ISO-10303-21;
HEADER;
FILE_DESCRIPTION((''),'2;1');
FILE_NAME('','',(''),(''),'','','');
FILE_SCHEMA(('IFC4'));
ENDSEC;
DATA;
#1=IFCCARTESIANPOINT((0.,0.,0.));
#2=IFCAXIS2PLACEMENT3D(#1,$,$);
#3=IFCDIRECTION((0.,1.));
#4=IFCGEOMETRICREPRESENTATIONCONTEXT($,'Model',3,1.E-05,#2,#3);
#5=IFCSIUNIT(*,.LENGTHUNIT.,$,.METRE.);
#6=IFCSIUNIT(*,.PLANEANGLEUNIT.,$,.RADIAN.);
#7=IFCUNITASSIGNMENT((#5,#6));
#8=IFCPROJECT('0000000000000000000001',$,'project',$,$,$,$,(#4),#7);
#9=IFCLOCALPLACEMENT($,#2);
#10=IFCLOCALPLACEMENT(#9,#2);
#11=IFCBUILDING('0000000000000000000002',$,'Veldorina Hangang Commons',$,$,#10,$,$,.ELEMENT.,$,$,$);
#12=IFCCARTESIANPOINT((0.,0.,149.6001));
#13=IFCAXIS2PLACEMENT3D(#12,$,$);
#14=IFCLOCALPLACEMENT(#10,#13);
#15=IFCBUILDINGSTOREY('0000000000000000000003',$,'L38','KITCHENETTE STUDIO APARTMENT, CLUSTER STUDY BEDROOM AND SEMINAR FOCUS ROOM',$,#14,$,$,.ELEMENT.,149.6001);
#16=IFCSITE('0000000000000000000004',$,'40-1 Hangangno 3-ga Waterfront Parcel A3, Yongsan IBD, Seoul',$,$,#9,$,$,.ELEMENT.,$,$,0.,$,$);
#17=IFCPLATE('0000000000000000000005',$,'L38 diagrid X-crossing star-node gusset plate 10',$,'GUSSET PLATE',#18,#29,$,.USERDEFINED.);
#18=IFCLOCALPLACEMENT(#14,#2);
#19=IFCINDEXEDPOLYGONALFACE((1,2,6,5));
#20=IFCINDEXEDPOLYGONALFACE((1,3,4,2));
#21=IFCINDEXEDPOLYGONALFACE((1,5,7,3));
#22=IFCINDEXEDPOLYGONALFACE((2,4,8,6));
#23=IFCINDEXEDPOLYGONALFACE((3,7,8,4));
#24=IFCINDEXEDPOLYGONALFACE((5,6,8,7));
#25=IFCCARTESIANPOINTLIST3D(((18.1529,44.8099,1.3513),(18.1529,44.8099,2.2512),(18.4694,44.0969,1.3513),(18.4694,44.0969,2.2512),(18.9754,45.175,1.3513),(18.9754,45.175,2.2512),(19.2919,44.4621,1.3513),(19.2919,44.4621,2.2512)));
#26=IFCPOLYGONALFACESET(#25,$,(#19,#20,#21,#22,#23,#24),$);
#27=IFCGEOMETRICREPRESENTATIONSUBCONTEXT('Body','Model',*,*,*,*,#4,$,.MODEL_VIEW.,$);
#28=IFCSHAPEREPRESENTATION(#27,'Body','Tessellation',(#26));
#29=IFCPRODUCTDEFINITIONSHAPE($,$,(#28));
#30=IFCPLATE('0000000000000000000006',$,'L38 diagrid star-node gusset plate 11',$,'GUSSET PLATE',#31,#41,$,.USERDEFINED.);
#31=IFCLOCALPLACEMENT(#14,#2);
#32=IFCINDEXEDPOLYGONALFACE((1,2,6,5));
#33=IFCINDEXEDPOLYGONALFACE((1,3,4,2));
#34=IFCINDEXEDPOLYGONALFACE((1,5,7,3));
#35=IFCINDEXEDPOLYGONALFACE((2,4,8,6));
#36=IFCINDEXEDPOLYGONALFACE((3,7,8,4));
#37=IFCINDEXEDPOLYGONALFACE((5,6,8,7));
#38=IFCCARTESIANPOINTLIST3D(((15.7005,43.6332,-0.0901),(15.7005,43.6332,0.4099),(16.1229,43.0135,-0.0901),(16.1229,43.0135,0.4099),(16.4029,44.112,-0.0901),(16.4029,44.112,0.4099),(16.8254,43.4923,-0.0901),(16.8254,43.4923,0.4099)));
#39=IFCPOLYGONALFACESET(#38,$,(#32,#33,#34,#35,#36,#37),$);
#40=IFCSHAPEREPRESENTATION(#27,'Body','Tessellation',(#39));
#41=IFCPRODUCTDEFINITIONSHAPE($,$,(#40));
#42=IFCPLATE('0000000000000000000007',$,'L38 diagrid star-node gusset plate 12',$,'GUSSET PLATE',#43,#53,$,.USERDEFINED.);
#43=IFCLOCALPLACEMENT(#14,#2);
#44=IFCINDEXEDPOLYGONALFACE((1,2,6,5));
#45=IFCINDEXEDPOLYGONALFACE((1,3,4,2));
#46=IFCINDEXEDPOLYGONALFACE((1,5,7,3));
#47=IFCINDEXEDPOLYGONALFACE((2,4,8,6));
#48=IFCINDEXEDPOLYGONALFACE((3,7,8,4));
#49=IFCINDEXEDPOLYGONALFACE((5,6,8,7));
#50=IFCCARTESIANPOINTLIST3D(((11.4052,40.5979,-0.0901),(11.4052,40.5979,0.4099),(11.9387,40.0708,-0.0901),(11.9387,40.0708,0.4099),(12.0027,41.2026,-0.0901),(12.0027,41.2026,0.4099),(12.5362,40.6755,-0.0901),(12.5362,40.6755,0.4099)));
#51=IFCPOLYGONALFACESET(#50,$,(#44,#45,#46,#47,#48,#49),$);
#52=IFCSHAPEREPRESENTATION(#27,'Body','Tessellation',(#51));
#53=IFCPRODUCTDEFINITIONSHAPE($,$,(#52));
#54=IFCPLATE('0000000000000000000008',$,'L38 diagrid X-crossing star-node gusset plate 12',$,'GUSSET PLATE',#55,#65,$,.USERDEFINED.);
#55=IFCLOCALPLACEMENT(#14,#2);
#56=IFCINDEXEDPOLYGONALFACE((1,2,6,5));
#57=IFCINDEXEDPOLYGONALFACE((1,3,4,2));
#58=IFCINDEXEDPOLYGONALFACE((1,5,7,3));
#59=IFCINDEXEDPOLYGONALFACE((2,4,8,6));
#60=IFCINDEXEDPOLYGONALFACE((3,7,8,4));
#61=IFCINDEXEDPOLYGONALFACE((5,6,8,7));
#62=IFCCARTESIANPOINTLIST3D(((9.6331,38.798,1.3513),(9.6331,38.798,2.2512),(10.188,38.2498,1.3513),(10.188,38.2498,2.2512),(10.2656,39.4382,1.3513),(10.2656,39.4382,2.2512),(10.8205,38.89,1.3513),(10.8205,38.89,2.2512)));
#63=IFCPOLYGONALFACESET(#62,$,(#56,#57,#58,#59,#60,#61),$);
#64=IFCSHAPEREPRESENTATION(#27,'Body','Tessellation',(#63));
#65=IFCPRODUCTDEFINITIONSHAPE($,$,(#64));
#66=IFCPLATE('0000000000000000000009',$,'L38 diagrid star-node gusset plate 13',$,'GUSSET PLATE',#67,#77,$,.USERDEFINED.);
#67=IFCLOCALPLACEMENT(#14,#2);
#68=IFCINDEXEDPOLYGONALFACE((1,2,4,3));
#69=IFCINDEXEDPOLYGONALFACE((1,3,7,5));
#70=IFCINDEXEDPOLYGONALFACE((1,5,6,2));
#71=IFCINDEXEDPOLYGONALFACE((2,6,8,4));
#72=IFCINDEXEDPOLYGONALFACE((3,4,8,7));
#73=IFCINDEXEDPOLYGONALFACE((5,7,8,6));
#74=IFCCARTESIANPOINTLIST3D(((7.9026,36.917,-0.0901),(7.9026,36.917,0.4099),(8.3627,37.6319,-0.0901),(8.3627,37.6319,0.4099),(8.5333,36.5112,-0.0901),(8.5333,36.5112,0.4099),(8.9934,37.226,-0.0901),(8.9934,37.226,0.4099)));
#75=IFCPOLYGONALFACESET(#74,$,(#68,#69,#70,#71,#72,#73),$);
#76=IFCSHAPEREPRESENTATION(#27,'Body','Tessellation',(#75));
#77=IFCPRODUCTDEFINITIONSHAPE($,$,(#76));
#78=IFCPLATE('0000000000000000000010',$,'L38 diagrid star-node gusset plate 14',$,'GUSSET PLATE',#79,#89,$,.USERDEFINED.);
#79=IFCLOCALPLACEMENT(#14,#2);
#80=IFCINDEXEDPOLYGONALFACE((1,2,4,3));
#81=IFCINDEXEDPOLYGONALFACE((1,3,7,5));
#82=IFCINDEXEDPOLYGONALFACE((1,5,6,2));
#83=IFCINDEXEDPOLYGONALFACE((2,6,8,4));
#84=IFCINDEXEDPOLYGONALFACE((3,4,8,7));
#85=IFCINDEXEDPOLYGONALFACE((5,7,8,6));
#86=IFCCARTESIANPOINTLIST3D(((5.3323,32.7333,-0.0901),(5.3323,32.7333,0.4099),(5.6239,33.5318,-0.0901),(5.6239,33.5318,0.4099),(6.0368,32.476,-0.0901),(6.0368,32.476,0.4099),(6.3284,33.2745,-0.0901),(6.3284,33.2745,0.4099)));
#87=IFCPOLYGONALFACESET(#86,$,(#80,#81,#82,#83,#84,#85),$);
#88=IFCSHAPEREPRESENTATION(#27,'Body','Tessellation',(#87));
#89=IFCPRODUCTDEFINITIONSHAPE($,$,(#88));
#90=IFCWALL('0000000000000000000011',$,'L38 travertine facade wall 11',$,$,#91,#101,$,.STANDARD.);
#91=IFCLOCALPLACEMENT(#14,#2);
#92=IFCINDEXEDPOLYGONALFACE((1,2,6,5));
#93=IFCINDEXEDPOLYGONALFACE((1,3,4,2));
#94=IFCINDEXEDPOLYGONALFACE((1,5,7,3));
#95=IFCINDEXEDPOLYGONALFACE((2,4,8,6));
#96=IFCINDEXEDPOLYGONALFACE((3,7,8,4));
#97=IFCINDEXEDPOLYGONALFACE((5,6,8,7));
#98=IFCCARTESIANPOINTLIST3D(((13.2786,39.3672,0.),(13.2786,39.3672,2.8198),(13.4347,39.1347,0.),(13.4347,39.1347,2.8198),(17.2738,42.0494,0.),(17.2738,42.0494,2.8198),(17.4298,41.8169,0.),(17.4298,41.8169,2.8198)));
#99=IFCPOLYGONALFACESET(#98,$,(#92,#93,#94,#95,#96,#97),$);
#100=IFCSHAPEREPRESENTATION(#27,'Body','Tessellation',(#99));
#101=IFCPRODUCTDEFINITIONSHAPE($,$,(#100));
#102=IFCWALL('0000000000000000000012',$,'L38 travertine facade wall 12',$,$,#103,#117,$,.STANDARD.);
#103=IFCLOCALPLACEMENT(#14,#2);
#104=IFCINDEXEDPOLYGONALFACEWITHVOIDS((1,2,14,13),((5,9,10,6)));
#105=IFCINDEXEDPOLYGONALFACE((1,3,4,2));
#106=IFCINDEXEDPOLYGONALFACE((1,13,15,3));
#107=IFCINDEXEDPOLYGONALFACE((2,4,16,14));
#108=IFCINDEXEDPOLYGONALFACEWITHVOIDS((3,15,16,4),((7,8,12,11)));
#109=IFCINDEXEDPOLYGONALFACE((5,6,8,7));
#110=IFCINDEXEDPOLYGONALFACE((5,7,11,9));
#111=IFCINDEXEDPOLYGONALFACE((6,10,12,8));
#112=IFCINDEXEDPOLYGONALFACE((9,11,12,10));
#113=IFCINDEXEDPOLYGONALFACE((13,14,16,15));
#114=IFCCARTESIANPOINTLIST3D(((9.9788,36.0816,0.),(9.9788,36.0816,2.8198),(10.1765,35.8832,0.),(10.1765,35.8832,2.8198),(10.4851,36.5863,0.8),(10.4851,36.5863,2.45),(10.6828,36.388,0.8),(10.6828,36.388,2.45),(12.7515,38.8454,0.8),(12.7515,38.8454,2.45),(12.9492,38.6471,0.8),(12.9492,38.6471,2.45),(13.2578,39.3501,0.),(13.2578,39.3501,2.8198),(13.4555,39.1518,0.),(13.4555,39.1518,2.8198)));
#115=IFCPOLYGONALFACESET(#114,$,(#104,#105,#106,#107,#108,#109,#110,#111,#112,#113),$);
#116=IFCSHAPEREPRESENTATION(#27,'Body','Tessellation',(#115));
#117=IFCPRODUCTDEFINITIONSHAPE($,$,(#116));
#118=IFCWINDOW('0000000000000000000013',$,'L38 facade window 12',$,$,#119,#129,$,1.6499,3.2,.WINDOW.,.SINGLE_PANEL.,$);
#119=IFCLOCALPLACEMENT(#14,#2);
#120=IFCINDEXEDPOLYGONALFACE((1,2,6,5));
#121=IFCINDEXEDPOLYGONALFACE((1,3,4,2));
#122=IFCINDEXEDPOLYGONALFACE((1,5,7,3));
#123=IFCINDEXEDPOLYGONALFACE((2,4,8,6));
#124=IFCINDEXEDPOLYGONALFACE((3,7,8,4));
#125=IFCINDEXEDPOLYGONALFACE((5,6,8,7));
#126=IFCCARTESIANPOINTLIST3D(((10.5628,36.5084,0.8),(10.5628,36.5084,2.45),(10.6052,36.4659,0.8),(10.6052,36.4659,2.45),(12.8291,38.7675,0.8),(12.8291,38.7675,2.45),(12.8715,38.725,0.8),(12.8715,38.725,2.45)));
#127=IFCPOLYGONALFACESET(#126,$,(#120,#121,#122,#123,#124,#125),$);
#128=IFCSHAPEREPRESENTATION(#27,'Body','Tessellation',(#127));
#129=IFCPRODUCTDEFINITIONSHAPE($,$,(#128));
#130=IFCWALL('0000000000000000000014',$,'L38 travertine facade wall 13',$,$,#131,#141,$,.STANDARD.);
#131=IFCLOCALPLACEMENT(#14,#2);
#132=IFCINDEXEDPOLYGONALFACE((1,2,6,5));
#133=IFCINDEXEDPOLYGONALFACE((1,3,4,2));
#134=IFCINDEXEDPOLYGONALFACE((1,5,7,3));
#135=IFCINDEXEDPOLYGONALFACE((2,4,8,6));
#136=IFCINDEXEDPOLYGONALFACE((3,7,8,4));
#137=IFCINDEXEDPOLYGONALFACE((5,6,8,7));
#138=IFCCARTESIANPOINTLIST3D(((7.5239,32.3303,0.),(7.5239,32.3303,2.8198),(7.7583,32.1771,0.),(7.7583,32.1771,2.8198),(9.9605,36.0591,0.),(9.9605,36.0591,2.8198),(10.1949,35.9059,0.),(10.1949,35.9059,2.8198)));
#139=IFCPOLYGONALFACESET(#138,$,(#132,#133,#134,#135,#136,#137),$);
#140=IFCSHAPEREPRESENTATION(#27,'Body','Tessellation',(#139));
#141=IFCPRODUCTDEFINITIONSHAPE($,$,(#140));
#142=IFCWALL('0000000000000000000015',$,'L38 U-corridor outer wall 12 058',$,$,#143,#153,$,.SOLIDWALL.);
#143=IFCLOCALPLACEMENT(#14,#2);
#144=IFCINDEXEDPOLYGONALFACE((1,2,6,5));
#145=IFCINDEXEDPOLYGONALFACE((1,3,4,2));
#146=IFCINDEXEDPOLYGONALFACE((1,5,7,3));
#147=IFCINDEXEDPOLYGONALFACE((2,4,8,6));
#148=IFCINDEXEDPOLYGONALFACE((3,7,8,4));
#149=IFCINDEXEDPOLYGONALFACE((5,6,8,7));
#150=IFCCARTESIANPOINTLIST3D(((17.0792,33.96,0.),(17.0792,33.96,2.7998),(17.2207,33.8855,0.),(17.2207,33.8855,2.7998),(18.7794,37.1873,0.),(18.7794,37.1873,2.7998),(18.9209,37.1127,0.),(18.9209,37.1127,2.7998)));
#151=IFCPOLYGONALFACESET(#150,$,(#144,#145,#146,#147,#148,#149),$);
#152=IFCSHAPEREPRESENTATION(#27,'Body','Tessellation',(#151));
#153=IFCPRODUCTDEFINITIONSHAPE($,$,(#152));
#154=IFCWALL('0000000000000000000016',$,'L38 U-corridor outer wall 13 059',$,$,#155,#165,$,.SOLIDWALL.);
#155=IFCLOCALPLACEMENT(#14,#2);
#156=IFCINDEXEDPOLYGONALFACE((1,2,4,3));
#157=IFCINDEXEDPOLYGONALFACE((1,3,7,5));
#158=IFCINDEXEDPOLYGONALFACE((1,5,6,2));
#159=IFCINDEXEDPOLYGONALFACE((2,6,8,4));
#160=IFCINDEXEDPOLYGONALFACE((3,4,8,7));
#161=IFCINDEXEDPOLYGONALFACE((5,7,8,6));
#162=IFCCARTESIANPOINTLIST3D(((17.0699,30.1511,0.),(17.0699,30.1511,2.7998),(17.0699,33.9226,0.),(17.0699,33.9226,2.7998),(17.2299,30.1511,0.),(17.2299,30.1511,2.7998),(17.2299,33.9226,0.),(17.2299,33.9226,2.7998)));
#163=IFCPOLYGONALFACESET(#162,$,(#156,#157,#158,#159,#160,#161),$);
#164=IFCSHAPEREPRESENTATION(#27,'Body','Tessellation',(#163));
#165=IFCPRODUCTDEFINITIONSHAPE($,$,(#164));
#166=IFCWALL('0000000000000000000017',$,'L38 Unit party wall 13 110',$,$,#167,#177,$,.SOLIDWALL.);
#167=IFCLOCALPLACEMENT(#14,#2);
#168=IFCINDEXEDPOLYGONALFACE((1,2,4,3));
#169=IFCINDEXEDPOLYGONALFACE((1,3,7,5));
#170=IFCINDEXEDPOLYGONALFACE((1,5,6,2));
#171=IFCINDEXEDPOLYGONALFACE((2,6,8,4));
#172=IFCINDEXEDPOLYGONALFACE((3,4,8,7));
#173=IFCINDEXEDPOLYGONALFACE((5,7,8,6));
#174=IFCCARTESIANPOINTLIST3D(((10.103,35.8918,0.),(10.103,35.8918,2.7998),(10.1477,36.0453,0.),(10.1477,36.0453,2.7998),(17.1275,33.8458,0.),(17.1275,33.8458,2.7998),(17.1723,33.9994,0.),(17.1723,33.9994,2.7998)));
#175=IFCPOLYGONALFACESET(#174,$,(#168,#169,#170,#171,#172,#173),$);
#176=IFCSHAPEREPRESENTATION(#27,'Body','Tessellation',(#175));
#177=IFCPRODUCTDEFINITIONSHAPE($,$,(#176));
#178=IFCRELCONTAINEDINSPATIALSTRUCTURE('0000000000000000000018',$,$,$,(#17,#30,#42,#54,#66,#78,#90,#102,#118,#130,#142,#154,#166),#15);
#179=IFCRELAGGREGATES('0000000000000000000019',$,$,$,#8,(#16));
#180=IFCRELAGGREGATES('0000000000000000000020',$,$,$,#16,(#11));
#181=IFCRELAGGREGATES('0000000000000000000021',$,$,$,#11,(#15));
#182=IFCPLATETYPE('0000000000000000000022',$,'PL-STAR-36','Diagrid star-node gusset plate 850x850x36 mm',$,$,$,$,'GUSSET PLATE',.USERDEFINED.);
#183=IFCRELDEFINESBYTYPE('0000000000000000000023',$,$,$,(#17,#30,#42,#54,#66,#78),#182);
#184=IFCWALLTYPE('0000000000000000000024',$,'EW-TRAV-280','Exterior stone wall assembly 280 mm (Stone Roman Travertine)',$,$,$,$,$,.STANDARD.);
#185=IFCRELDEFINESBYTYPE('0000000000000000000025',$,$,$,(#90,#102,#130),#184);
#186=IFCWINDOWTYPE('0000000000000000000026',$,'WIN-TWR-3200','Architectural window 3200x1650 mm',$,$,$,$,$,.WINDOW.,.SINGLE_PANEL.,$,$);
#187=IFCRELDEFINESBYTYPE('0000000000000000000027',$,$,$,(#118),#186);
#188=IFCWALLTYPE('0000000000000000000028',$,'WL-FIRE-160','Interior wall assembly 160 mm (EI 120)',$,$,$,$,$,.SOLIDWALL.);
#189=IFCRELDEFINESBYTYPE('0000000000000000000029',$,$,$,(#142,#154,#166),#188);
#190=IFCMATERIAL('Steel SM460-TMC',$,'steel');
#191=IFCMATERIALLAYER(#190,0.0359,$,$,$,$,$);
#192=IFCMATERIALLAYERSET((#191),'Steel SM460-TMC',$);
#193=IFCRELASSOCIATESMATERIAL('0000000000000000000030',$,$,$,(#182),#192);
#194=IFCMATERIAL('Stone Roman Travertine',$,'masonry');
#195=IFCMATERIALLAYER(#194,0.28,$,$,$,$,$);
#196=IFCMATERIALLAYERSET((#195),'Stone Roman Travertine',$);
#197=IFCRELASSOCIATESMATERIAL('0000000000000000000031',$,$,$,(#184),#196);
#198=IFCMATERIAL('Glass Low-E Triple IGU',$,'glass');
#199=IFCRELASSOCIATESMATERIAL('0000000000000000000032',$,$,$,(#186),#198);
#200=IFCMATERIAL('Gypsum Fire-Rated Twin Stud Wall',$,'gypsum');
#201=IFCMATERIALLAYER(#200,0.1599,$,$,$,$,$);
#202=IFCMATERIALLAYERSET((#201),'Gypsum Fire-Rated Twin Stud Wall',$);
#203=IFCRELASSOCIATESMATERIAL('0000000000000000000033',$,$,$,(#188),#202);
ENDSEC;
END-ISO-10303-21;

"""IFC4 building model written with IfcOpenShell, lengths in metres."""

from ifc_helpers import new_model, si_unit, direction, frame, frame_2d, origin, origin_2d, place, context, subcontext, project, spatial, rectangle, extrude, material, layer, layer_set, type_object, element, fill, save


model = new_model("IFC4")

# Units and contexts
model_context = context("Model", 3, precision=1e-05, world=origin(), true_north=direction((0.0, 1.0)))
body_context = subcontext(model_context, "Body", "Model", "MODEL_VIEW")
ifc_project = project(units=[si_unit("LENGTHUNIT", "METRE"), si_unit("PLANEANGLEUNIT", "RADIAN")], contexts=[model_context])

# Site, building, storey
site_placement = place(None, origin())
site = spatial("IfcSite", under=ifc_project, at=site_placement, Name="40-1 Hangangno 3-ga Waterfront Parcel A3, Yongsan IBD, Seoul", CompositionType="ELEMENT", RefElevation=0.0)
building_placement = place(site_placement, origin())
building = spatial("IfcBuilding", under=site, at=building_placement, Name="Veldorina Hangang Commons", CompositionType="ELEMENT")
storey_placement = place(building_placement, frame((0.0, 0.0, 149.6001)))
storey = spatial("IfcBuildingStorey", under=building, at=storey_placement, Name="L38", Description="KITCHENETTE STUDIO APARTMENT, CLUSTER STUDY BEDROOM AND SEMINAR FOCUS ROOM", CompositionType="ELEMENT", Elevation=149.6001)

# Plates
ifc_material_1 = material(Name="Steel SM460-TMC", Category="steel")
ifc_layer_1 = layer(ifc_material_1, 0.0359)
ifc_layer_set_1 = layer_set([ifc_layer_1], Name="Steel SM460-TMC")
plate_type = type_object("IfcPlateType", Name="PL-STAR-36", Description="Diagrid star-node gusset plate 850x850x36 mm", ElementType="GUSSET PLATE", PredefinedType="USERDEFINED", material=ifc_layer_set_1)
plate_1_placement = place(storey_placement, frame((18.7224, 44.636, 1.3513), z_axis=(0.0, 0.0, 1.0), x_axis=(-0.913971, -0.40578, 0.0)))
element("IfcPlate", 1, at=plate_1_placement, inside=storey, type_object=plate_type, Name="L38 diagrid X-crossing star-node gusset plate 10", ObjectType="GUSSET PLATE", PredefinedType="USERDEFINED", context=body_context, shape_type="SweptSolid", body=[
    extrude(rectangle(XDim=0.8999, YDim=0.78, at=origin_2d()), origin(), (0.0, 0.0, 1.0), 0.8999),
])
for number, where, z_axis, x_axis, name in (
    (2, (16.2629, 43.5627, -0.0901), (0.0, 0.0, 1.0), (-0.826285, -0.563252, 0.0), "L38 diagrid star-node gusset plate 11"),
    (3, (11.9707, 40.6367, -0.0901), (0.0, 0.0, 1.0), (-0.702836, -0.711352, 0.0), "L38 diagrid star-node gusset plate 12"),
):
    element("IfcPlate", number, at=place(storey_placement, frame(where, z_axis=z_axis, x_axis=x_axis)), inside=storey, type_object=plate_type, Name=name, ObjectType="GUSSET PLATE", PredefinedType="USERDEFINED", context=body_context, shape_type="SweptSolid", body=[
        extrude(rectangle(XDim=0.8501, YDim=0.75, at=origin_2d()), origin(), (0.0, 0.0, 1.0), 0.5),
    ])
plate_2_placement = place(storey_placement, frame((10.2268, 38.844, 1.3513), z_axis=(0.0, 0.0, 1.0), x_axis=(-0.702836, -0.711352, 0.0)))
element("IfcPlate", 4, at=plate_2_placement, inside=storey, type_object=plate_type, Name="L38 diagrid X-crossing star-node gusset plate 12", ObjectType="GUSSET PLATE", PredefinedType="USERDEFINED", context=body_context, shape_type="SweptSolid", body=[
    extrude(rectangle(XDim=0.8999, YDim=0.78, at=origin_2d()), origin(), (0.0, 0.0, 1.0), 0.8999),
])
for number, where, z_axis, x_axis, name in (
    (5, (8.448, 37.0715, -0.0901), (0.0, 0.0, 1.0), (-0.541151, -0.840926, 0.0), "L38 diagrid star-node gusset plate 13"),
    (6, (5.8303, 33.0039, -0.0901), (0.0, 0.0, 1.0), (-0.343037, -0.939322, 0.0), "L38 diagrid star-node gusset plate 14"),
):
    element("IfcPlate", number, at=place(storey_placement, frame(where, z_axis=z_axis, x_axis=x_axis)), inside=storey, type_object=plate_type, Name=name, ObjectType="GUSSET PLATE", PredefinedType="USERDEFINED", context=body_context, shape_type="SweptSolid", body=[
        extrude(rectangle(XDim=0.8501, YDim=0.75, at=origin_2d()), origin(), (0.0, 0.0, 1.0), 0.5),
    ])

# Wall
ifc_material_2 = material(Name="Stone Roman Travertine", Category="masonry")
ifc_layer_2 = layer(ifc_material_2, 0.28)
ifc_layer_set_2 = layer_set([ifc_layer_2], Name="Stone Roman Travertine")
wall_type_1 = type_object("IfcWallType", Name="EW-TRAV-280", Description="Exterior stone wall assembly 280 mm (Stone Roman Travertine)", PredefinedType="STANDARD", material=ifc_layer_set_2)
wall_1_placement = place(storey_placement, frame((17.3518, 41.9331, 0.0), z_axis=(0.0, 0.0, 1.0), x_axis=(-0.830251, -0.55739, 0.0)))
element("IfcWall", 7, at=wall_1_placement, inside=storey, type_object=wall_type_1, Name="L38 travertine facade wall 11", PredefinedType="STANDARD", context=body_context, shape_type="SweptSolid", body=[
    extrude(rectangle(XDim=4.812, YDim=0.28, at=frame_2d((2.406, 0.0))), origin(), (0.0, 0.0, 1.0), 2.8198),
])

# Wall, opening, window
wall_2_placement = place(storey_placement, frame((13.3567, 39.251, 0.0), z_axis=(0.0, 0.0, 1.0), x_axis=(-0.70824, -0.705972, 0.0)))
wall_2 = element("IfcWall", 8, at=wall_2_placement, inside=storey, type_object=wall_type_1, Name="L38 travertine facade wall 12", PredefinedType="STANDARD", context=body_context, shape_type="SweptSolid", body=[
    extrude(rectangle(XDim=4.6299, YDim=0.28, at=frame_2d((2.3149, 0.0))), origin(), (0.0, 0.0, 1.0), 2.8198),
])
opening_1_placement = place(wall_2_placement, frame((0.7148, 0.0, 0.8)))
opening_1 = element("IfcOpeningElement", 9, at=opening_1_placement, cuts=wall_2, PredefinedType="OPENING", context=body_context, shape_type="SweptSolid", body=[
    extrude(rectangle(XDim=3.2, YDim=1.6499, at=frame_2d((1.6001, 0.825))), frame((0.0, 0.1499, 0.0), z_axis=(0.0, -1.0, 0.0), x_axis=(1.0, 0.0, 0.0)), (0.0, 0.0, 1.0), 0.3),
])
ifc_material_3 = material(Name="Glass Low-E Triple IGU", Category="glass")
window_type = type_object("IfcWindowType", Name="WIN-TWR-3200", Description="Architectural window 3200x1650 mm", PartitioningType="SINGLE_PANEL", PredefinedType="WINDOW", material=ifc_material_3)
window_placement = place(opening_1_placement, origin())
window = element("IfcWindow", 10, at=window_placement, inside=storey, type_object=window_type, Name="L38 facade window 12", OverallHeight=1.6499, OverallWidth=3.2, PartitioningType="SINGLE_PANEL", PredefinedType="WINDOW", context=body_context, shape_type="SweptSolid", body=[
    extrude(rectangle(XDim=3.2, YDim=1.6499, at=frame_2d((1.6001, 0.825))), frame((0.0, 0.03, 0.0), z_axis=(0.0, -1.0, 0.0), x_axis=(1.0, 0.0, 0.0)), (0.0, 0.0, 1.0), 0.0601),
])
fill(opening_1, window)

# Walls
wall_3_placement = place(storey_placement, frame((10.0776, 35.9824, 0.0), z_axis=(0.0, 0.0, 1.0), x_axis=(-0.547012, -0.837125, 0.0)))
element("IfcWall", 11, at=wall_3_placement, inside=storey, type_object=wall_type_1, Name="L38 travertine facade wall 13", PredefinedType="STANDARD", context=body_context, shape_type="SweptSolid", body=[
    extrude(rectangle(XDim=4.4543, YDim=0.28, at=frame_2d((2.2271, 0.0))), origin(), (0.0, 0.0, 1.0), 2.8198),
])
ifc_material_4 = material(Name="Gypsum Fire-Rated Twin Stud Wall", Category="gypsum")
ifc_layer_3 = layer(ifc_material_4, 0.1599)
ifc_layer_set_3 = layer_set([ifc_layer_3], Name="Gypsum Fire-Rated Twin Stud Wall")
wall_type_2 = type_object("IfcWallType", Name="WL-FIRE-160", Description="Interior wall assembly 160 mm (EI 120)", PredefinedType="SOLIDWALL", material=ifc_layer_set_3)
wall_4_placement = place(storey_placement, frame((18.8501, 37.1499, 0.0), z_axis=(0.0, 0.0, 1.0), x_axis=(-0.466094, -0.884735, 0.0)))
element("IfcWall", 12, at=wall_4_placement, inside=storey, type_object=wall_type_2, Name="L38 U-corridor outer wall 12 058", PredefinedType="SOLIDWALL", context=body_context, shape_type="SweptSolid", body=[
    extrude(rectangle(XDim=3.6477, YDim=0.1599, at=frame_2d((1.8237, 0.0))), origin(), (0.0, 0.0, 1.0), 2.7998),
])
wall_5_placement = place(storey_placement, frame((17.1499, 33.9226, 0.0), z_axis=(0.0, 0.0, 1.0), x_axis=(0.0, -1.0, 0.0)))
element("IfcWall", 13, at=wall_5_placement, inside=storey, type_object=wall_type_2, Name="L38 U-corridor outer wall 13 059", PredefinedType="SOLIDWALL", context=body_context, shape_type="SweptSolid", body=[
    extrude(rectangle(XDim=3.7715, YDim=0.1599, at=frame_2d((1.8857, 0.0))), origin(), (0.0, 0.0, 1.0), 2.7998),
])
wall_6_placement = place(storey_placement, frame((17.1499, 33.9226, 0.0), z_axis=(0.0, 0.0, 1.0), x_axis=(-0.960106, 0.279636, 0.0)))
element("IfcWall", 14, at=wall_6_placement, inside=storey, type_object=wall_type_2, Name="L38 Unit party wall 13 110", PredefinedType="SOLIDWALL", context=body_context, shape_type="SweptSolid", body=[
    extrude(rectangle(XDim=7.3164, YDim=0.1599, at=frame_2d((3.6582, 0.0))), origin(), (0.0, 0.0, 1.0), 2.7998),
])

save(model, "model.ifc")
